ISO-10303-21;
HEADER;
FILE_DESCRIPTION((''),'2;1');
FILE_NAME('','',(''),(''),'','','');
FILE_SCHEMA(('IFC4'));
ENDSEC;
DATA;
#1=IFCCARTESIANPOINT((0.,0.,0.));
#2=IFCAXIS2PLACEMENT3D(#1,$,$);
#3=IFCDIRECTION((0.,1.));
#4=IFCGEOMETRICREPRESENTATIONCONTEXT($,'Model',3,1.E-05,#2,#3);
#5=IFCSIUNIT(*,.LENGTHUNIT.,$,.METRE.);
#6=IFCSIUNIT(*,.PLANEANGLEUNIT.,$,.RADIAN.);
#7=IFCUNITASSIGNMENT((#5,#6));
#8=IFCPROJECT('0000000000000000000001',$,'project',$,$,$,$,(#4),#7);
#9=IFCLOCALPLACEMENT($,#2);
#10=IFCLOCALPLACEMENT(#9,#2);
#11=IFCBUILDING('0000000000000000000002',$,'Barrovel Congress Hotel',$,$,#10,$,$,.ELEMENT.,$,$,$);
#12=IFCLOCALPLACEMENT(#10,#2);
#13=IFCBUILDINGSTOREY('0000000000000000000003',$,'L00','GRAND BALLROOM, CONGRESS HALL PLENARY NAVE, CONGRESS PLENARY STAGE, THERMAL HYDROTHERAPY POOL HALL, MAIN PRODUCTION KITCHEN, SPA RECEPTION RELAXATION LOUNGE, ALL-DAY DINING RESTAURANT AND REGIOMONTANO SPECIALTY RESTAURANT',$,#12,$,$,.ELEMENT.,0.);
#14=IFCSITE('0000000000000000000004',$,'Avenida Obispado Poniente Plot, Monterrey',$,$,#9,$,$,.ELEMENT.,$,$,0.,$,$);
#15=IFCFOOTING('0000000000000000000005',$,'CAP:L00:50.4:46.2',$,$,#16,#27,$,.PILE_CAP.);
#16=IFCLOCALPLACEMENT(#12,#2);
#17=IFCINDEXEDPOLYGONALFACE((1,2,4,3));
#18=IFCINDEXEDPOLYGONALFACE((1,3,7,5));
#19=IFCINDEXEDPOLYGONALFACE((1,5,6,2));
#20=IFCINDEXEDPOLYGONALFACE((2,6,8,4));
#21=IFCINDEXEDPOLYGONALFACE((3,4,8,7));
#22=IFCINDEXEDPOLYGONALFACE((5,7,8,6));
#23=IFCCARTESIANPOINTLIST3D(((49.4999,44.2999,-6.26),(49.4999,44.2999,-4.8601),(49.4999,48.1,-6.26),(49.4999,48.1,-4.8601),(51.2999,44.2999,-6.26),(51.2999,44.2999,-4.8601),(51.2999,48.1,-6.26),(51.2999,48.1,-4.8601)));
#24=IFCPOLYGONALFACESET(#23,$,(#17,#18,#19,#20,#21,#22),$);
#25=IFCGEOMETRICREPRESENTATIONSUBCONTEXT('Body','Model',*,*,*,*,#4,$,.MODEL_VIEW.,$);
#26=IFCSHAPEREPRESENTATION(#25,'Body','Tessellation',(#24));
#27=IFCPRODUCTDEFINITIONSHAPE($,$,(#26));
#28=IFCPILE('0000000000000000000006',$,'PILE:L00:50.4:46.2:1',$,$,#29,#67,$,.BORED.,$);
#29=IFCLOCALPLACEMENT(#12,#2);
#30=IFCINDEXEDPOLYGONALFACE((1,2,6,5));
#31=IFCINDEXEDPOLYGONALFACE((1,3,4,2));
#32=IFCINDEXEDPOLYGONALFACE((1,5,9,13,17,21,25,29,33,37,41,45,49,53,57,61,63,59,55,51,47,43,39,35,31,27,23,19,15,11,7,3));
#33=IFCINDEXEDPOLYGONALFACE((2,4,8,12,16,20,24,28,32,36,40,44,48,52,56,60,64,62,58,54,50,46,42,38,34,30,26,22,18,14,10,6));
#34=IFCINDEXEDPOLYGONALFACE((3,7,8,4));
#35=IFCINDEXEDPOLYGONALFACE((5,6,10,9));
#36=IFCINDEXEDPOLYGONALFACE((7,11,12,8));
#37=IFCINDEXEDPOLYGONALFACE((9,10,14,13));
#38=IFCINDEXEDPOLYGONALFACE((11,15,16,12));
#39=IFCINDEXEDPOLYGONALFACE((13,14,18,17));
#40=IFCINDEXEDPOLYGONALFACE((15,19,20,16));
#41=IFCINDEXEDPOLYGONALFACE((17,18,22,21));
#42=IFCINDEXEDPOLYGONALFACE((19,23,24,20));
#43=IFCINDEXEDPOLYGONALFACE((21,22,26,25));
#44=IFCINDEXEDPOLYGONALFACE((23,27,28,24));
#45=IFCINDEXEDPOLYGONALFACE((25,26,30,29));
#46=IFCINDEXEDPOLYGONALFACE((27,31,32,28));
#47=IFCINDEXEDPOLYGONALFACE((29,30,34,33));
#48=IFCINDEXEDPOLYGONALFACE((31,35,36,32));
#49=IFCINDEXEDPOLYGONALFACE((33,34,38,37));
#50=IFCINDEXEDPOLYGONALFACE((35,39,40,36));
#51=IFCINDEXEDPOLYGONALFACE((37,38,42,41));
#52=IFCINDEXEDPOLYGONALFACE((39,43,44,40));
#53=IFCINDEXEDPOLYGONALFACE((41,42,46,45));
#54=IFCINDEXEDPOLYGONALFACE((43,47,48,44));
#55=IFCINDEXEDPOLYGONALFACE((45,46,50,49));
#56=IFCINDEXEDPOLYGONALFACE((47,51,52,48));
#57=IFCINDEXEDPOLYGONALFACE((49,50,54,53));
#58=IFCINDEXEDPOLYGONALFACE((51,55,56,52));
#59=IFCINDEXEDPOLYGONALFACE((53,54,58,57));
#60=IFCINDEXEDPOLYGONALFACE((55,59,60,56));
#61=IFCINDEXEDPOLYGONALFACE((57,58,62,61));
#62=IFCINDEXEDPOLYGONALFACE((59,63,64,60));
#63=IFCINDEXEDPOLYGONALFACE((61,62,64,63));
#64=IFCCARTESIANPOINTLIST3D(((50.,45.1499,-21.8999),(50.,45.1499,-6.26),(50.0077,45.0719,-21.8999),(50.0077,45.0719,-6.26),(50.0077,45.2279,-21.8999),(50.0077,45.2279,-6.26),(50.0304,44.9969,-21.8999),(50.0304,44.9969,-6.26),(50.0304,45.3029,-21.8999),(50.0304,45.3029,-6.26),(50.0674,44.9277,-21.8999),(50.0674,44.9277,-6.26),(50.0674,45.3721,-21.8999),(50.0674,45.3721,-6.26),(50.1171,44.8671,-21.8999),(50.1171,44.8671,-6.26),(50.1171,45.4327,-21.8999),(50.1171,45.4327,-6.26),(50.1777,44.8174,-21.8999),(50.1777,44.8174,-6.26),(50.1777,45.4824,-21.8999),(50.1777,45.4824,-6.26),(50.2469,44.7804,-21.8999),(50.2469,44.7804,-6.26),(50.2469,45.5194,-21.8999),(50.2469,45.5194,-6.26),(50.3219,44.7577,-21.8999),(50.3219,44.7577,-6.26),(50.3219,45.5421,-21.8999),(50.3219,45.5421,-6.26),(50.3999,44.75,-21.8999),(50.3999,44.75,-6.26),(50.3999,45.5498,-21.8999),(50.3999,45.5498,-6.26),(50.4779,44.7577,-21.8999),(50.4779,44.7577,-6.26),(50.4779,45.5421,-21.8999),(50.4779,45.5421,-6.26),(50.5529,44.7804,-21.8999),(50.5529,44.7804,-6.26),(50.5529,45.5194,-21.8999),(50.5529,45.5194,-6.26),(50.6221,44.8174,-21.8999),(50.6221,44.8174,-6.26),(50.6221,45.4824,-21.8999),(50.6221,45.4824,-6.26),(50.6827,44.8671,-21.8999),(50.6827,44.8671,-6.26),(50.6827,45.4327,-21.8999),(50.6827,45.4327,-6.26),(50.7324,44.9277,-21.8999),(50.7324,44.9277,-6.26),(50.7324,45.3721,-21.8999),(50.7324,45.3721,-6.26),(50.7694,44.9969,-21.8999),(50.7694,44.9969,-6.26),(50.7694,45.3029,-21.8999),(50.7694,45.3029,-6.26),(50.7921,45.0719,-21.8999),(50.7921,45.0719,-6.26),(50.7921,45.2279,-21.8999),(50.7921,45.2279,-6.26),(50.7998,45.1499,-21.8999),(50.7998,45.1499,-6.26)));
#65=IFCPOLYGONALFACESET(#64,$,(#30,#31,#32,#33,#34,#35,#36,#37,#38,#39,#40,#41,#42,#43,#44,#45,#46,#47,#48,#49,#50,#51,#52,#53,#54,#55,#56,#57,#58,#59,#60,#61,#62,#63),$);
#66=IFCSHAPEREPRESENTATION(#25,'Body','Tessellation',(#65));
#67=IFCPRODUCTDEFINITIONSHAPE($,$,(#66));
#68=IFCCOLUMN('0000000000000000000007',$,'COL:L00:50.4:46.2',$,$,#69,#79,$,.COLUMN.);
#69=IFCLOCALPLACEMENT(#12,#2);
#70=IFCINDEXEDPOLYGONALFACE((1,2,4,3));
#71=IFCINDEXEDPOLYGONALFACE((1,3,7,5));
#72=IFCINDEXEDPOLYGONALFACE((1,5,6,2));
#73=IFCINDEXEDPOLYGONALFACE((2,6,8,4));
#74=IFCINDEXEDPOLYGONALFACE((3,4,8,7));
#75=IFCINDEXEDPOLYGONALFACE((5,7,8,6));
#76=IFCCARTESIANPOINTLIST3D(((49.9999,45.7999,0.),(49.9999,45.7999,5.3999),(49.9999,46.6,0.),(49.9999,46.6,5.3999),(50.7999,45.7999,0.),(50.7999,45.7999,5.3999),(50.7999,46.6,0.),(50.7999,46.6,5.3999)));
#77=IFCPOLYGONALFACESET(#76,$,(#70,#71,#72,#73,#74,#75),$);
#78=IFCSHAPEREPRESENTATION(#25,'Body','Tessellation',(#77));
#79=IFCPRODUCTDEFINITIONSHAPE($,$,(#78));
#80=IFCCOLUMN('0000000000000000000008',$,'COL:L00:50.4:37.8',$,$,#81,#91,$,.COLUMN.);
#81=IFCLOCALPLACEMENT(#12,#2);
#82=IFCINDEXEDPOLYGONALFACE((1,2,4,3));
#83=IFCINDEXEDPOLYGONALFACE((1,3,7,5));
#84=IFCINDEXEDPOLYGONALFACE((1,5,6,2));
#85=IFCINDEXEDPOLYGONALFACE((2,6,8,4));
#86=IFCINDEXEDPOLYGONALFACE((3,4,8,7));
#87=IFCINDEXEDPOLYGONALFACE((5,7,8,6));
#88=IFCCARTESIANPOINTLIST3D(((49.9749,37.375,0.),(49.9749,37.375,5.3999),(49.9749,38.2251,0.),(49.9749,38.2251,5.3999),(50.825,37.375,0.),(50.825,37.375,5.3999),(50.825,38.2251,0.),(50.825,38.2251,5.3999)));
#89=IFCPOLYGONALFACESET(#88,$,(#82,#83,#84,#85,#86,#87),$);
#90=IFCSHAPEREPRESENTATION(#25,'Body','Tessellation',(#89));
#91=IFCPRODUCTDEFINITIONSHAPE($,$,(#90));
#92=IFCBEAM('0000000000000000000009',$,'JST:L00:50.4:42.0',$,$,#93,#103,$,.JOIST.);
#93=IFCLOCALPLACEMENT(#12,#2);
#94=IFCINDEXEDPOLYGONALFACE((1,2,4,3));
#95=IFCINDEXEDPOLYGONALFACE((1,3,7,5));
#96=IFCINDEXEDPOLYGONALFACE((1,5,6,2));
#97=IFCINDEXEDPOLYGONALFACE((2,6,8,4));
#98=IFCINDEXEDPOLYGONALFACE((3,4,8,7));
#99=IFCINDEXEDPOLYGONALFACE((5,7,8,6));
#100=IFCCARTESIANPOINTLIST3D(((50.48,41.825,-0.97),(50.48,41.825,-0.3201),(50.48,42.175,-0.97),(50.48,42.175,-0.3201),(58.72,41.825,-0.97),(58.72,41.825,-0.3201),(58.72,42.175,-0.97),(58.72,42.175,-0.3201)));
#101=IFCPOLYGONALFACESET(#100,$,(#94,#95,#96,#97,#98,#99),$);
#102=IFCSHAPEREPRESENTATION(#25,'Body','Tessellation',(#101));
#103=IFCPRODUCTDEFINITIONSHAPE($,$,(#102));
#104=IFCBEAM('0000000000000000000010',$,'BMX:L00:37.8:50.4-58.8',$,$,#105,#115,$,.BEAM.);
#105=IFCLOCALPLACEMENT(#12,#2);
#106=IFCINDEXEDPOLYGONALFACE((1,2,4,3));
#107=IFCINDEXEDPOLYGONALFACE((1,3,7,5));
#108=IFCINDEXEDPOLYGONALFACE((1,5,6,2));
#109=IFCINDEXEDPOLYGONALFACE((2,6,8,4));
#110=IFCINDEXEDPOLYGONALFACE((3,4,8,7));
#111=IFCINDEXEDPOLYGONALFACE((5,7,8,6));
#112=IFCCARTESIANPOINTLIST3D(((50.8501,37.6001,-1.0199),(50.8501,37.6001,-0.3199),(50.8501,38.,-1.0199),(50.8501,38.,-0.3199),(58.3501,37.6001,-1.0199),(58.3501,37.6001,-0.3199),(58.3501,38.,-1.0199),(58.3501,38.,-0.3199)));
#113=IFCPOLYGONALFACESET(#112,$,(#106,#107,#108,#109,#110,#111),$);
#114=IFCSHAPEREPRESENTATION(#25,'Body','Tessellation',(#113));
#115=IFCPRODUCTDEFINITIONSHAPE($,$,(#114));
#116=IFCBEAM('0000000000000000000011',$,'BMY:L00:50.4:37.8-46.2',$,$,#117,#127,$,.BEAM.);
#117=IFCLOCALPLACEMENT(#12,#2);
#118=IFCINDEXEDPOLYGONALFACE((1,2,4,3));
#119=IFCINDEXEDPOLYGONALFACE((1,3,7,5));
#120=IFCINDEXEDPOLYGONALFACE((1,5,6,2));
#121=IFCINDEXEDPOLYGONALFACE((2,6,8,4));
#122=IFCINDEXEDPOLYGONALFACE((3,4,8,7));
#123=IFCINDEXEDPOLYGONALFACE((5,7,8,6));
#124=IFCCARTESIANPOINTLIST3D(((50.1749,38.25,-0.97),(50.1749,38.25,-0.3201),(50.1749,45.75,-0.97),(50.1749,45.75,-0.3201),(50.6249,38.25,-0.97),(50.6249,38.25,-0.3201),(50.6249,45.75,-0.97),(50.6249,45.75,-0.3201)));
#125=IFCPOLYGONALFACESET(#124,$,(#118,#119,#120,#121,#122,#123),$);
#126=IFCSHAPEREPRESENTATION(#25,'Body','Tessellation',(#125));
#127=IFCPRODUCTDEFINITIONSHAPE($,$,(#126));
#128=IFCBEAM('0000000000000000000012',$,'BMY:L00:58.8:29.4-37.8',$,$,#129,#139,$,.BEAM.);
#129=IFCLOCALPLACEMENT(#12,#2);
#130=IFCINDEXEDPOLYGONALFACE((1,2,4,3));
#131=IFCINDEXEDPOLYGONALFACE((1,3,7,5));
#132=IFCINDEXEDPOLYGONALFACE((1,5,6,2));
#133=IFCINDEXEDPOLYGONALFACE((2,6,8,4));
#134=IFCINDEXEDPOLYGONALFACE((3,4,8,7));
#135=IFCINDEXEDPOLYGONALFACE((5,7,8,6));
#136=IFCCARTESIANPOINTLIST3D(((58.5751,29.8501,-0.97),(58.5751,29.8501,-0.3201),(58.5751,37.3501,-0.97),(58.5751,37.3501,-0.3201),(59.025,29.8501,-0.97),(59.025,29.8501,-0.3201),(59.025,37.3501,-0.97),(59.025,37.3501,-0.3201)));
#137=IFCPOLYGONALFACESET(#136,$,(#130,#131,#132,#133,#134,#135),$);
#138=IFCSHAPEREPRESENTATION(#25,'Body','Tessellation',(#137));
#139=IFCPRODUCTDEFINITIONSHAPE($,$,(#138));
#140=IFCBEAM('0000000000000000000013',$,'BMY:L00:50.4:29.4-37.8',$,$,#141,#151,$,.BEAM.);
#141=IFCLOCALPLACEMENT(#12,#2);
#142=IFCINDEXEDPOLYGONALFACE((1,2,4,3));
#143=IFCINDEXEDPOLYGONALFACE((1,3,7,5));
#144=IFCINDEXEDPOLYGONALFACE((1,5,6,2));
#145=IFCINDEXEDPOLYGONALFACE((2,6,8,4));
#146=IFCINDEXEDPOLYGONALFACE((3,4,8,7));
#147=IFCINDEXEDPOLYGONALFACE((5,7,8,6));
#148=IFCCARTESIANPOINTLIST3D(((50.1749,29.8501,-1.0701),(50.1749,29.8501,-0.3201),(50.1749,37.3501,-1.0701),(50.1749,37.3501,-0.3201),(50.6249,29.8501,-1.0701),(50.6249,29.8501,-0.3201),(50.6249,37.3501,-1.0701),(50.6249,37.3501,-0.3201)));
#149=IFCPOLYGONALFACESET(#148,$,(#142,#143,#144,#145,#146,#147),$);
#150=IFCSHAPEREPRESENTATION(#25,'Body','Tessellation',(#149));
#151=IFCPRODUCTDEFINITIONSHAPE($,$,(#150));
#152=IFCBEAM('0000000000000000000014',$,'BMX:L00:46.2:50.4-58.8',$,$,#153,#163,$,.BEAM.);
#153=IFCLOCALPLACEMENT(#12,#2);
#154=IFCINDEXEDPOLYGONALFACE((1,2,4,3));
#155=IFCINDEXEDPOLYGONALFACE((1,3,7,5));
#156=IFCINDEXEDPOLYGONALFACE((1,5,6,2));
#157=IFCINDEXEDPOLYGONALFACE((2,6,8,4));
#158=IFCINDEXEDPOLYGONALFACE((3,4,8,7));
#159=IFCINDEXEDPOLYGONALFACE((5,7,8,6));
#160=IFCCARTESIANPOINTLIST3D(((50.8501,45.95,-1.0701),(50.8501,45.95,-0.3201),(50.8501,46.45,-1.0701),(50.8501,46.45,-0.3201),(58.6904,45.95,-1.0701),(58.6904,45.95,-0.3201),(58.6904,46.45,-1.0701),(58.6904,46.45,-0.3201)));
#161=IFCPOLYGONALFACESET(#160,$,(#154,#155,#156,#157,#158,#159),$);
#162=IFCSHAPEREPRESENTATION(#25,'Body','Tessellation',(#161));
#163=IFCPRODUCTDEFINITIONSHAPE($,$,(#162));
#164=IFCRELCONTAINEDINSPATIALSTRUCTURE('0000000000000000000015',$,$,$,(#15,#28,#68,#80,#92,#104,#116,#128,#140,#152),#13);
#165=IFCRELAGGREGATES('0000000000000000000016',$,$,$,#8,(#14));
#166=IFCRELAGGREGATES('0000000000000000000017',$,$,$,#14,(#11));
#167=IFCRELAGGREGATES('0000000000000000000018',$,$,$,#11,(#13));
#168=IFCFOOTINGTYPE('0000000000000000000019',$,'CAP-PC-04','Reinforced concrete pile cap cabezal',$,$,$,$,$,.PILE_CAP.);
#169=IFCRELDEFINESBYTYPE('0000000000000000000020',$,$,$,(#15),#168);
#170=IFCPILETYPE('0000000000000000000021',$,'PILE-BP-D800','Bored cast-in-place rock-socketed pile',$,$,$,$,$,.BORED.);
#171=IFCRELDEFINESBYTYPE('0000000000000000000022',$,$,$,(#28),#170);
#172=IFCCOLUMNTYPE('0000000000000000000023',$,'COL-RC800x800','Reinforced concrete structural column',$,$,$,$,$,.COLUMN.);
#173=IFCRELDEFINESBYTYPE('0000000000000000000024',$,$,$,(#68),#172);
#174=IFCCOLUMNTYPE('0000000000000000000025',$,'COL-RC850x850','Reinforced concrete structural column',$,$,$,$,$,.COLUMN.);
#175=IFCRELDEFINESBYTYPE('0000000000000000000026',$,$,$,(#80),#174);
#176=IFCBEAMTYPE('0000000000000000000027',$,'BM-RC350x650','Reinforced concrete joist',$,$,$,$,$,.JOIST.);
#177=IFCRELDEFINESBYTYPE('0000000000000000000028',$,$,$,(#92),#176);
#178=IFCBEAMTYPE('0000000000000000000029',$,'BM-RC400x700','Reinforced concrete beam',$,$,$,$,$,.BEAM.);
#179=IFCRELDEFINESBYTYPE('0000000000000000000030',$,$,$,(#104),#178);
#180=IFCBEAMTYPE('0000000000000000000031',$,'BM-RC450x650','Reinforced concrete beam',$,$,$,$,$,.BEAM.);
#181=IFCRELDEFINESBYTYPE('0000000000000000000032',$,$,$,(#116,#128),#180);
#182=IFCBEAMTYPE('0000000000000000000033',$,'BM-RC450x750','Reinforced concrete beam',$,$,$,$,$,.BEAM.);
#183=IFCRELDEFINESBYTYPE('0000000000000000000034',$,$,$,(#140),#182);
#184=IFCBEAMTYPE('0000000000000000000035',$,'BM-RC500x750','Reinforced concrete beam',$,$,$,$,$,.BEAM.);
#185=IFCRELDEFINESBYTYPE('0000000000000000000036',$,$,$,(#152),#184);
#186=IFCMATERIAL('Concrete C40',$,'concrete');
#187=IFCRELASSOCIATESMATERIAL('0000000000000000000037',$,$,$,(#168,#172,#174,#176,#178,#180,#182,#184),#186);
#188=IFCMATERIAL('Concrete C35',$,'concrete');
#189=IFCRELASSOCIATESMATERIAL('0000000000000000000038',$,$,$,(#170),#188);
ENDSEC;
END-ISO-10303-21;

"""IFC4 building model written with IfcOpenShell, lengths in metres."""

from ifc_helpers import new_model, si_unit, direction, frame, origin, origin_2d, place, context, subcontext, project, spatial, rectangle, circle, extrude, material, material_profile, profile_set, type_object, element, save


model = new_model("IFC4")

# Units and contexts
model_context = context("Model", 3, precision=1e-05, world=origin(), true_north=direction((0.0, 1.0)))
body_context = subcontext(model_context, "Body", "Model", "MODEL_VIEW")
ifc_project = project(units=[si_unit("LENGTHUNIT", "METRE"), si_unit("PLANEANGLEUNIT", "RADIAN")], contexts=[model_context])

# Site, building, storey
site_placement = place(None, origin())
site = spatial("IfcSite", under=ifc_project, at=site_placement, Name="Avenida Obispado Poniente Plot, Monterrey", CompositionType="ELEMENT", RefElevation=0.0)
building_placement = place(site_placement, origin())
building = spatial("IfcBuilding", under=site, at=building_placement, Name="Barrovel Congress Hotel", CompositionType="ELEMENT")
storey_placement = place(building_placement, origin())
storey = spatial("IfcBuildingStorey", under=building, at=storey_placement, Name="L00", Description="GRAND BALLROOM, CONGRESS HALL PLENARY NAVE, CONGRESS PLENARY STAGE, THERMAL HYDROTHERAPY POOL HALL, MAIN PRODUCTION KITCHEN, SPA RECEPTION RELAXATION LOUNGE, ALL-DAY DINING RESTAURANT AND REGIOMONTANO SPECIALTY RESTAURANT", CompositionType="ELEMENT", Elevation=0.0)

# Footing
ifc_material_1 = material(Name="Concrete C40", Category="concrete")
footing_type = type_object("IfcFootingType", Name="CAP-PC-04", Description="Reinforced concrete pile cap cabezal", PredefinedType="PILE_CAP", material=ifc_material_1)
footing_placement = place(storey_placement, frame((50.3999, 46.2, -6.26), z_axis=(0.0, 0.0, 1.0), x_axis=(1.0, 0.0, 0.0)))
element("IfcFooting", 1, at=footing_placement, inside=storey, type_object=footing_type, Name="CAP:L00:50.4:46.2", PredefinedType="PILE_CAP", context=body_context, shape_type="SweptSolid", body=[
    extrude(rectangle(XDim=1.8, YDim=3.8, at=origin_2d()), origin(), (0.0, 0.0, 1.0), 1.3999),
])

# Pile
ifc_material_2 = material(Name="Concrete C35", Category="concrete")
ifc_material_profile_1 = material_profile(ifc_material_2, circle(Radius=0.3999, at=origin_2d()), Name="BP-D800")
ifc_profile_set_1 = profile_set([ifc_material_profile_1], Name="Concrete C35")
pile_type = type_object("IfcPileType", Name="PILE-BP-D800", Description="Bored cast-in-place rock-socketed pile", PredefinedType="BORED", material=ifc_profile_set_1)
pile_placement = place(storey_placement, frame((50.3999, 45.1499, -6.26), z_axis=(0.0, 0.0, -1.0), x_axis=(1.0, 0.0, 0.0)))
element("IfcPile", 2, at=pile_placement, inside=storey, type_object=pile_type, Name="PILE:L00:50.4:46.2:1", PredefinedType="BORED", context=body_context, shape_type="SweptSolid", body=[
    extrude(circle(Radius=0.3999, at=origin_2d()), origin(), (0.0, 0.0, 1.0), 15.6399),
])

# Columns
ifc_material_profile_2 = material_profile(ifc_material_1, rectangle(XDim=0.8, YDim=0.8, at=origin_2d()), Name="RC800x800")
ifc_profile_set_2 = profile_set([ifc_material_profile_2], Name="Concrete C40")
column_type_1 = type_object("IfcColumnType", Name="COL-RC800x800", Description="Reinforced concrete structural column", PredefinedType="COLUMN", material=ifc_profile_set_2)
column_1_placement = place(storey_placement, frame((50.3999, 46.2, 0.0), z_axis=(0.0, 0.0, 1.0), x_axis=(1.0, 0.0, 0.0)))
element("IfcColumn", 3, at=column_1_placement, inside=storey, type_object=column_type_1, Name="COL:L00:50.4:46.2", PredefinedType="COLUMN", context=body_context, shape_type="SweptSolid", body=[
    extrude(rectangle(XDim=0.8, YDim=0.8, at=origin_2d()), origin(), (0.0, 0.0, 1.0), 5.3999),
])
ifc_material_profile_3 = material_profile(ifc_material_1, rectangle(XDim=0.8501, YDim=0.8501, at=origin_2d()), Name="RC850x850")
ifc_profile_set_3 = profile_set([ifc_material_profile_3], Name="Concrete C40")
column_type_2 = type_object("IfcColumnType", Name="COL-RC850x850", Description="Reinforced concrete structural column", PredefinedType="COLUMN", material=ifc_profile_set_3)
column_2_placement = place(storey_placement, frame((50.3999, 37.8, 0.0), z_axis=(0.0, 0.0, 1.0), x_axis=(1.0, 0.0, 0.0)))
element("IfcColumn", 4, at=column_2_placement, inside=storey, type_object=column_type_2, Name="COL:L00:50.4:37.8", PredefinedType="COLUMN", context=body_context, shape_type="SweptSolid", body=[
    extrude(rectangle(XDim=0.8501, YDim=0.8501, at=origin_2d()), origin(), (0.0, 0.0, 1.0), 5.3999),
])

# Beams
ifc_material_profile_4 = material_profile(ifc_material_1, rectangle(XDim=0.3501, YDim=0.6499, at=origin_2d()), Name="RC350x650")
ifc_profile_set_4 = profile_set([ifc_material_profile_4], Name="Concrete C40")
beam_type_1 = type_object("IfcBeamType", Name="BM-RC350x650", Description="Reinforced concrete joist", PredefinedType="JOIST", material=ifc_profile_set_4)
beam_1_placement = place(storey_placement, frame((50.48, 42.0, -0.645), z_axis=(1.0, 0.0, 0.0), x_axis=(0.0, 1.0, 0.0)))
element("IfcBeam", 5, at=beam_1_placement, inside=storey, type_object=beam_type_1, Name="JST:L00:50.4:42.0", PredefinedType="JOIST", context=body_context, shape_type="SweptSolid", body=[
    extrude(rectangle(XDim=0.3501, YDim=0.6499, at=origin_2d()), origin(), (0.0, 0.0, 1.0), 8.24),
])
ifc_material_profile_5 = material_profile(ifc_material_1, rectangle(XDim=0.3999, YDim=0.7, at=origin_2d()), Name="RC400x700")
ifc_profile_set_5 = profile_set([ifc_material_profile_5], Name="Concrete C40")
beam_type_2 = type_object("IfcBeamType", Name="BM-RC400x700", Description="Reinforced concrete beam", PredefinedType="BEAM", material=ifc_profile_set_5)
beam_2_placement = place(storey_placement, frame((50.8501, 37.8, -0.6699), z_axis=(1.0, 0.0, 0.0), x_axis=(0.0, 1.0, 0.0)))
element("IfcBeam", 6, at=beam_2_placement, inside=storey, type_object=beam_type_2, Name="BMX:L00:37.8:50.4-58.8", PredefinedType="BEAM", context=body_context, shape_type="SweptSolid", body=[
    extrude(rectangle(XDim=0.3999, YDim=0.7, at=origin_2d()), origin(), (0.0, 0.0, 1.0), 7.5),
])
ifc_material_profile_6 = material_profile(ifc_material_1, rectangle(XDim=0.45, YDim=0.6499, at=origin_2d()), Name="RC450x650")
ifc_profile_set_6 = profile_set([ifc_material_profile_6], Name="Concrete C40")
beam_type_3 = type_object("IfcBeamType", Name="BM-RC450x650", Description="Reinforced concrete beam", PredefinedType="BEAM", material=ifc_profile_set_6)
for number, where, z_axis, x_axis, name in (
    (7, (50.3999, 38.25, -0.645), (0.0, 1.0, 0.0), (-1.0, 0.0, 0.0), "BMY:L00:50.4:37.8-46.2"),
    (8, (58.8, 29.8501, -0.645), (0.0, 1.0, 0.0), (-1.0, 0.0, 0.0), "BMY:L00:58.8:29.4-37.8"),
):
    element("IfcBeam", number, at=place(storey_placement, frame(where, z_axis=z_axis, x_axis=x_axis)), inside=storey, type_object=beam_type_3, Name=name, PredefinedType="BEAM", context=body_context, shape_type="SweptSolid", body=[
        extrude(rectangle(XDim=0.45, YDim=0.6499, at=origin_2d()), origin(), (0.0, 0.0, 1.0), 7.5),
    ])
ifc_material_profile_7 = material_profile(ifc_material_1, rectangle(XDim=0.45, YDim=0.75, at=origin_2d()), Name="RC450x750")
ifc_profile_set_7 = profile_set([ifc_material_profile_7], Name="Concrete C40")
beam_type_4 = type_object("IfcBeamType", Name="BM-RC450x750", Description="Reinforced concrete beam", PredefinedType="BEAM", material=ifc_profile_set_7)
beam_3_placement = place(storey_placement, frame((50.3999, 29.8501, -0.6951), z_axis=(0.0, 1.0, 0.0), x_axis=(-1.0, 0.0, 0.0)))
element("IfcBeam", 9, at=beam_3_placement, inside=storey, type_object=beam_type_4, Name="BMY:L00:50.4:29.4-37.8", PredefinedType="BEAM", context=body_context, shape_type="SweptSolid", body=[
    extrude(rectangle(XDim=0.45, YDim=0.75, at=origin_2d()), origin(), (0.0, 0.0, 1.0), 7.5),
])
ifc_material_profile_8 = material_profile(ifc_material_1, rectangle(XDim=0.5, YDim=0.75, at=origin_2d()), Name="RC500x750")
ifc_profile_set_8 = profile_set([ifc_material_profile_8], Name="Concrete C40")
beam_type_5 = type_object("IfcBeamType", Name="BM-RC500x750", Description="Reinforced concrete beam", PredefinedType="BEAM", material=ifc_profile_set_8)
beam_4_placement = place(storey_placement, frame((50.8501, 46.2, -0.6951), z_axis=(1.0, 0.0, 0.0), x_axis=(0.0, 1.0, 0.0)))
element("IfcBeam", 10, at=beam_4_placement, inside=storey, type_object=beam_type_5, Name="BMX:L00:46.2:50.4-58.8", PredefinedType="BEAM", context=body_context, shape_type="SweptSolid", body=[
    extrude(rectangle(XDim=0.5, YDim=0.75, at=origin_2d()), origin(), (0.0, 0.0, 1.0), 7.8403),
])

save(model, "model.ifc")
